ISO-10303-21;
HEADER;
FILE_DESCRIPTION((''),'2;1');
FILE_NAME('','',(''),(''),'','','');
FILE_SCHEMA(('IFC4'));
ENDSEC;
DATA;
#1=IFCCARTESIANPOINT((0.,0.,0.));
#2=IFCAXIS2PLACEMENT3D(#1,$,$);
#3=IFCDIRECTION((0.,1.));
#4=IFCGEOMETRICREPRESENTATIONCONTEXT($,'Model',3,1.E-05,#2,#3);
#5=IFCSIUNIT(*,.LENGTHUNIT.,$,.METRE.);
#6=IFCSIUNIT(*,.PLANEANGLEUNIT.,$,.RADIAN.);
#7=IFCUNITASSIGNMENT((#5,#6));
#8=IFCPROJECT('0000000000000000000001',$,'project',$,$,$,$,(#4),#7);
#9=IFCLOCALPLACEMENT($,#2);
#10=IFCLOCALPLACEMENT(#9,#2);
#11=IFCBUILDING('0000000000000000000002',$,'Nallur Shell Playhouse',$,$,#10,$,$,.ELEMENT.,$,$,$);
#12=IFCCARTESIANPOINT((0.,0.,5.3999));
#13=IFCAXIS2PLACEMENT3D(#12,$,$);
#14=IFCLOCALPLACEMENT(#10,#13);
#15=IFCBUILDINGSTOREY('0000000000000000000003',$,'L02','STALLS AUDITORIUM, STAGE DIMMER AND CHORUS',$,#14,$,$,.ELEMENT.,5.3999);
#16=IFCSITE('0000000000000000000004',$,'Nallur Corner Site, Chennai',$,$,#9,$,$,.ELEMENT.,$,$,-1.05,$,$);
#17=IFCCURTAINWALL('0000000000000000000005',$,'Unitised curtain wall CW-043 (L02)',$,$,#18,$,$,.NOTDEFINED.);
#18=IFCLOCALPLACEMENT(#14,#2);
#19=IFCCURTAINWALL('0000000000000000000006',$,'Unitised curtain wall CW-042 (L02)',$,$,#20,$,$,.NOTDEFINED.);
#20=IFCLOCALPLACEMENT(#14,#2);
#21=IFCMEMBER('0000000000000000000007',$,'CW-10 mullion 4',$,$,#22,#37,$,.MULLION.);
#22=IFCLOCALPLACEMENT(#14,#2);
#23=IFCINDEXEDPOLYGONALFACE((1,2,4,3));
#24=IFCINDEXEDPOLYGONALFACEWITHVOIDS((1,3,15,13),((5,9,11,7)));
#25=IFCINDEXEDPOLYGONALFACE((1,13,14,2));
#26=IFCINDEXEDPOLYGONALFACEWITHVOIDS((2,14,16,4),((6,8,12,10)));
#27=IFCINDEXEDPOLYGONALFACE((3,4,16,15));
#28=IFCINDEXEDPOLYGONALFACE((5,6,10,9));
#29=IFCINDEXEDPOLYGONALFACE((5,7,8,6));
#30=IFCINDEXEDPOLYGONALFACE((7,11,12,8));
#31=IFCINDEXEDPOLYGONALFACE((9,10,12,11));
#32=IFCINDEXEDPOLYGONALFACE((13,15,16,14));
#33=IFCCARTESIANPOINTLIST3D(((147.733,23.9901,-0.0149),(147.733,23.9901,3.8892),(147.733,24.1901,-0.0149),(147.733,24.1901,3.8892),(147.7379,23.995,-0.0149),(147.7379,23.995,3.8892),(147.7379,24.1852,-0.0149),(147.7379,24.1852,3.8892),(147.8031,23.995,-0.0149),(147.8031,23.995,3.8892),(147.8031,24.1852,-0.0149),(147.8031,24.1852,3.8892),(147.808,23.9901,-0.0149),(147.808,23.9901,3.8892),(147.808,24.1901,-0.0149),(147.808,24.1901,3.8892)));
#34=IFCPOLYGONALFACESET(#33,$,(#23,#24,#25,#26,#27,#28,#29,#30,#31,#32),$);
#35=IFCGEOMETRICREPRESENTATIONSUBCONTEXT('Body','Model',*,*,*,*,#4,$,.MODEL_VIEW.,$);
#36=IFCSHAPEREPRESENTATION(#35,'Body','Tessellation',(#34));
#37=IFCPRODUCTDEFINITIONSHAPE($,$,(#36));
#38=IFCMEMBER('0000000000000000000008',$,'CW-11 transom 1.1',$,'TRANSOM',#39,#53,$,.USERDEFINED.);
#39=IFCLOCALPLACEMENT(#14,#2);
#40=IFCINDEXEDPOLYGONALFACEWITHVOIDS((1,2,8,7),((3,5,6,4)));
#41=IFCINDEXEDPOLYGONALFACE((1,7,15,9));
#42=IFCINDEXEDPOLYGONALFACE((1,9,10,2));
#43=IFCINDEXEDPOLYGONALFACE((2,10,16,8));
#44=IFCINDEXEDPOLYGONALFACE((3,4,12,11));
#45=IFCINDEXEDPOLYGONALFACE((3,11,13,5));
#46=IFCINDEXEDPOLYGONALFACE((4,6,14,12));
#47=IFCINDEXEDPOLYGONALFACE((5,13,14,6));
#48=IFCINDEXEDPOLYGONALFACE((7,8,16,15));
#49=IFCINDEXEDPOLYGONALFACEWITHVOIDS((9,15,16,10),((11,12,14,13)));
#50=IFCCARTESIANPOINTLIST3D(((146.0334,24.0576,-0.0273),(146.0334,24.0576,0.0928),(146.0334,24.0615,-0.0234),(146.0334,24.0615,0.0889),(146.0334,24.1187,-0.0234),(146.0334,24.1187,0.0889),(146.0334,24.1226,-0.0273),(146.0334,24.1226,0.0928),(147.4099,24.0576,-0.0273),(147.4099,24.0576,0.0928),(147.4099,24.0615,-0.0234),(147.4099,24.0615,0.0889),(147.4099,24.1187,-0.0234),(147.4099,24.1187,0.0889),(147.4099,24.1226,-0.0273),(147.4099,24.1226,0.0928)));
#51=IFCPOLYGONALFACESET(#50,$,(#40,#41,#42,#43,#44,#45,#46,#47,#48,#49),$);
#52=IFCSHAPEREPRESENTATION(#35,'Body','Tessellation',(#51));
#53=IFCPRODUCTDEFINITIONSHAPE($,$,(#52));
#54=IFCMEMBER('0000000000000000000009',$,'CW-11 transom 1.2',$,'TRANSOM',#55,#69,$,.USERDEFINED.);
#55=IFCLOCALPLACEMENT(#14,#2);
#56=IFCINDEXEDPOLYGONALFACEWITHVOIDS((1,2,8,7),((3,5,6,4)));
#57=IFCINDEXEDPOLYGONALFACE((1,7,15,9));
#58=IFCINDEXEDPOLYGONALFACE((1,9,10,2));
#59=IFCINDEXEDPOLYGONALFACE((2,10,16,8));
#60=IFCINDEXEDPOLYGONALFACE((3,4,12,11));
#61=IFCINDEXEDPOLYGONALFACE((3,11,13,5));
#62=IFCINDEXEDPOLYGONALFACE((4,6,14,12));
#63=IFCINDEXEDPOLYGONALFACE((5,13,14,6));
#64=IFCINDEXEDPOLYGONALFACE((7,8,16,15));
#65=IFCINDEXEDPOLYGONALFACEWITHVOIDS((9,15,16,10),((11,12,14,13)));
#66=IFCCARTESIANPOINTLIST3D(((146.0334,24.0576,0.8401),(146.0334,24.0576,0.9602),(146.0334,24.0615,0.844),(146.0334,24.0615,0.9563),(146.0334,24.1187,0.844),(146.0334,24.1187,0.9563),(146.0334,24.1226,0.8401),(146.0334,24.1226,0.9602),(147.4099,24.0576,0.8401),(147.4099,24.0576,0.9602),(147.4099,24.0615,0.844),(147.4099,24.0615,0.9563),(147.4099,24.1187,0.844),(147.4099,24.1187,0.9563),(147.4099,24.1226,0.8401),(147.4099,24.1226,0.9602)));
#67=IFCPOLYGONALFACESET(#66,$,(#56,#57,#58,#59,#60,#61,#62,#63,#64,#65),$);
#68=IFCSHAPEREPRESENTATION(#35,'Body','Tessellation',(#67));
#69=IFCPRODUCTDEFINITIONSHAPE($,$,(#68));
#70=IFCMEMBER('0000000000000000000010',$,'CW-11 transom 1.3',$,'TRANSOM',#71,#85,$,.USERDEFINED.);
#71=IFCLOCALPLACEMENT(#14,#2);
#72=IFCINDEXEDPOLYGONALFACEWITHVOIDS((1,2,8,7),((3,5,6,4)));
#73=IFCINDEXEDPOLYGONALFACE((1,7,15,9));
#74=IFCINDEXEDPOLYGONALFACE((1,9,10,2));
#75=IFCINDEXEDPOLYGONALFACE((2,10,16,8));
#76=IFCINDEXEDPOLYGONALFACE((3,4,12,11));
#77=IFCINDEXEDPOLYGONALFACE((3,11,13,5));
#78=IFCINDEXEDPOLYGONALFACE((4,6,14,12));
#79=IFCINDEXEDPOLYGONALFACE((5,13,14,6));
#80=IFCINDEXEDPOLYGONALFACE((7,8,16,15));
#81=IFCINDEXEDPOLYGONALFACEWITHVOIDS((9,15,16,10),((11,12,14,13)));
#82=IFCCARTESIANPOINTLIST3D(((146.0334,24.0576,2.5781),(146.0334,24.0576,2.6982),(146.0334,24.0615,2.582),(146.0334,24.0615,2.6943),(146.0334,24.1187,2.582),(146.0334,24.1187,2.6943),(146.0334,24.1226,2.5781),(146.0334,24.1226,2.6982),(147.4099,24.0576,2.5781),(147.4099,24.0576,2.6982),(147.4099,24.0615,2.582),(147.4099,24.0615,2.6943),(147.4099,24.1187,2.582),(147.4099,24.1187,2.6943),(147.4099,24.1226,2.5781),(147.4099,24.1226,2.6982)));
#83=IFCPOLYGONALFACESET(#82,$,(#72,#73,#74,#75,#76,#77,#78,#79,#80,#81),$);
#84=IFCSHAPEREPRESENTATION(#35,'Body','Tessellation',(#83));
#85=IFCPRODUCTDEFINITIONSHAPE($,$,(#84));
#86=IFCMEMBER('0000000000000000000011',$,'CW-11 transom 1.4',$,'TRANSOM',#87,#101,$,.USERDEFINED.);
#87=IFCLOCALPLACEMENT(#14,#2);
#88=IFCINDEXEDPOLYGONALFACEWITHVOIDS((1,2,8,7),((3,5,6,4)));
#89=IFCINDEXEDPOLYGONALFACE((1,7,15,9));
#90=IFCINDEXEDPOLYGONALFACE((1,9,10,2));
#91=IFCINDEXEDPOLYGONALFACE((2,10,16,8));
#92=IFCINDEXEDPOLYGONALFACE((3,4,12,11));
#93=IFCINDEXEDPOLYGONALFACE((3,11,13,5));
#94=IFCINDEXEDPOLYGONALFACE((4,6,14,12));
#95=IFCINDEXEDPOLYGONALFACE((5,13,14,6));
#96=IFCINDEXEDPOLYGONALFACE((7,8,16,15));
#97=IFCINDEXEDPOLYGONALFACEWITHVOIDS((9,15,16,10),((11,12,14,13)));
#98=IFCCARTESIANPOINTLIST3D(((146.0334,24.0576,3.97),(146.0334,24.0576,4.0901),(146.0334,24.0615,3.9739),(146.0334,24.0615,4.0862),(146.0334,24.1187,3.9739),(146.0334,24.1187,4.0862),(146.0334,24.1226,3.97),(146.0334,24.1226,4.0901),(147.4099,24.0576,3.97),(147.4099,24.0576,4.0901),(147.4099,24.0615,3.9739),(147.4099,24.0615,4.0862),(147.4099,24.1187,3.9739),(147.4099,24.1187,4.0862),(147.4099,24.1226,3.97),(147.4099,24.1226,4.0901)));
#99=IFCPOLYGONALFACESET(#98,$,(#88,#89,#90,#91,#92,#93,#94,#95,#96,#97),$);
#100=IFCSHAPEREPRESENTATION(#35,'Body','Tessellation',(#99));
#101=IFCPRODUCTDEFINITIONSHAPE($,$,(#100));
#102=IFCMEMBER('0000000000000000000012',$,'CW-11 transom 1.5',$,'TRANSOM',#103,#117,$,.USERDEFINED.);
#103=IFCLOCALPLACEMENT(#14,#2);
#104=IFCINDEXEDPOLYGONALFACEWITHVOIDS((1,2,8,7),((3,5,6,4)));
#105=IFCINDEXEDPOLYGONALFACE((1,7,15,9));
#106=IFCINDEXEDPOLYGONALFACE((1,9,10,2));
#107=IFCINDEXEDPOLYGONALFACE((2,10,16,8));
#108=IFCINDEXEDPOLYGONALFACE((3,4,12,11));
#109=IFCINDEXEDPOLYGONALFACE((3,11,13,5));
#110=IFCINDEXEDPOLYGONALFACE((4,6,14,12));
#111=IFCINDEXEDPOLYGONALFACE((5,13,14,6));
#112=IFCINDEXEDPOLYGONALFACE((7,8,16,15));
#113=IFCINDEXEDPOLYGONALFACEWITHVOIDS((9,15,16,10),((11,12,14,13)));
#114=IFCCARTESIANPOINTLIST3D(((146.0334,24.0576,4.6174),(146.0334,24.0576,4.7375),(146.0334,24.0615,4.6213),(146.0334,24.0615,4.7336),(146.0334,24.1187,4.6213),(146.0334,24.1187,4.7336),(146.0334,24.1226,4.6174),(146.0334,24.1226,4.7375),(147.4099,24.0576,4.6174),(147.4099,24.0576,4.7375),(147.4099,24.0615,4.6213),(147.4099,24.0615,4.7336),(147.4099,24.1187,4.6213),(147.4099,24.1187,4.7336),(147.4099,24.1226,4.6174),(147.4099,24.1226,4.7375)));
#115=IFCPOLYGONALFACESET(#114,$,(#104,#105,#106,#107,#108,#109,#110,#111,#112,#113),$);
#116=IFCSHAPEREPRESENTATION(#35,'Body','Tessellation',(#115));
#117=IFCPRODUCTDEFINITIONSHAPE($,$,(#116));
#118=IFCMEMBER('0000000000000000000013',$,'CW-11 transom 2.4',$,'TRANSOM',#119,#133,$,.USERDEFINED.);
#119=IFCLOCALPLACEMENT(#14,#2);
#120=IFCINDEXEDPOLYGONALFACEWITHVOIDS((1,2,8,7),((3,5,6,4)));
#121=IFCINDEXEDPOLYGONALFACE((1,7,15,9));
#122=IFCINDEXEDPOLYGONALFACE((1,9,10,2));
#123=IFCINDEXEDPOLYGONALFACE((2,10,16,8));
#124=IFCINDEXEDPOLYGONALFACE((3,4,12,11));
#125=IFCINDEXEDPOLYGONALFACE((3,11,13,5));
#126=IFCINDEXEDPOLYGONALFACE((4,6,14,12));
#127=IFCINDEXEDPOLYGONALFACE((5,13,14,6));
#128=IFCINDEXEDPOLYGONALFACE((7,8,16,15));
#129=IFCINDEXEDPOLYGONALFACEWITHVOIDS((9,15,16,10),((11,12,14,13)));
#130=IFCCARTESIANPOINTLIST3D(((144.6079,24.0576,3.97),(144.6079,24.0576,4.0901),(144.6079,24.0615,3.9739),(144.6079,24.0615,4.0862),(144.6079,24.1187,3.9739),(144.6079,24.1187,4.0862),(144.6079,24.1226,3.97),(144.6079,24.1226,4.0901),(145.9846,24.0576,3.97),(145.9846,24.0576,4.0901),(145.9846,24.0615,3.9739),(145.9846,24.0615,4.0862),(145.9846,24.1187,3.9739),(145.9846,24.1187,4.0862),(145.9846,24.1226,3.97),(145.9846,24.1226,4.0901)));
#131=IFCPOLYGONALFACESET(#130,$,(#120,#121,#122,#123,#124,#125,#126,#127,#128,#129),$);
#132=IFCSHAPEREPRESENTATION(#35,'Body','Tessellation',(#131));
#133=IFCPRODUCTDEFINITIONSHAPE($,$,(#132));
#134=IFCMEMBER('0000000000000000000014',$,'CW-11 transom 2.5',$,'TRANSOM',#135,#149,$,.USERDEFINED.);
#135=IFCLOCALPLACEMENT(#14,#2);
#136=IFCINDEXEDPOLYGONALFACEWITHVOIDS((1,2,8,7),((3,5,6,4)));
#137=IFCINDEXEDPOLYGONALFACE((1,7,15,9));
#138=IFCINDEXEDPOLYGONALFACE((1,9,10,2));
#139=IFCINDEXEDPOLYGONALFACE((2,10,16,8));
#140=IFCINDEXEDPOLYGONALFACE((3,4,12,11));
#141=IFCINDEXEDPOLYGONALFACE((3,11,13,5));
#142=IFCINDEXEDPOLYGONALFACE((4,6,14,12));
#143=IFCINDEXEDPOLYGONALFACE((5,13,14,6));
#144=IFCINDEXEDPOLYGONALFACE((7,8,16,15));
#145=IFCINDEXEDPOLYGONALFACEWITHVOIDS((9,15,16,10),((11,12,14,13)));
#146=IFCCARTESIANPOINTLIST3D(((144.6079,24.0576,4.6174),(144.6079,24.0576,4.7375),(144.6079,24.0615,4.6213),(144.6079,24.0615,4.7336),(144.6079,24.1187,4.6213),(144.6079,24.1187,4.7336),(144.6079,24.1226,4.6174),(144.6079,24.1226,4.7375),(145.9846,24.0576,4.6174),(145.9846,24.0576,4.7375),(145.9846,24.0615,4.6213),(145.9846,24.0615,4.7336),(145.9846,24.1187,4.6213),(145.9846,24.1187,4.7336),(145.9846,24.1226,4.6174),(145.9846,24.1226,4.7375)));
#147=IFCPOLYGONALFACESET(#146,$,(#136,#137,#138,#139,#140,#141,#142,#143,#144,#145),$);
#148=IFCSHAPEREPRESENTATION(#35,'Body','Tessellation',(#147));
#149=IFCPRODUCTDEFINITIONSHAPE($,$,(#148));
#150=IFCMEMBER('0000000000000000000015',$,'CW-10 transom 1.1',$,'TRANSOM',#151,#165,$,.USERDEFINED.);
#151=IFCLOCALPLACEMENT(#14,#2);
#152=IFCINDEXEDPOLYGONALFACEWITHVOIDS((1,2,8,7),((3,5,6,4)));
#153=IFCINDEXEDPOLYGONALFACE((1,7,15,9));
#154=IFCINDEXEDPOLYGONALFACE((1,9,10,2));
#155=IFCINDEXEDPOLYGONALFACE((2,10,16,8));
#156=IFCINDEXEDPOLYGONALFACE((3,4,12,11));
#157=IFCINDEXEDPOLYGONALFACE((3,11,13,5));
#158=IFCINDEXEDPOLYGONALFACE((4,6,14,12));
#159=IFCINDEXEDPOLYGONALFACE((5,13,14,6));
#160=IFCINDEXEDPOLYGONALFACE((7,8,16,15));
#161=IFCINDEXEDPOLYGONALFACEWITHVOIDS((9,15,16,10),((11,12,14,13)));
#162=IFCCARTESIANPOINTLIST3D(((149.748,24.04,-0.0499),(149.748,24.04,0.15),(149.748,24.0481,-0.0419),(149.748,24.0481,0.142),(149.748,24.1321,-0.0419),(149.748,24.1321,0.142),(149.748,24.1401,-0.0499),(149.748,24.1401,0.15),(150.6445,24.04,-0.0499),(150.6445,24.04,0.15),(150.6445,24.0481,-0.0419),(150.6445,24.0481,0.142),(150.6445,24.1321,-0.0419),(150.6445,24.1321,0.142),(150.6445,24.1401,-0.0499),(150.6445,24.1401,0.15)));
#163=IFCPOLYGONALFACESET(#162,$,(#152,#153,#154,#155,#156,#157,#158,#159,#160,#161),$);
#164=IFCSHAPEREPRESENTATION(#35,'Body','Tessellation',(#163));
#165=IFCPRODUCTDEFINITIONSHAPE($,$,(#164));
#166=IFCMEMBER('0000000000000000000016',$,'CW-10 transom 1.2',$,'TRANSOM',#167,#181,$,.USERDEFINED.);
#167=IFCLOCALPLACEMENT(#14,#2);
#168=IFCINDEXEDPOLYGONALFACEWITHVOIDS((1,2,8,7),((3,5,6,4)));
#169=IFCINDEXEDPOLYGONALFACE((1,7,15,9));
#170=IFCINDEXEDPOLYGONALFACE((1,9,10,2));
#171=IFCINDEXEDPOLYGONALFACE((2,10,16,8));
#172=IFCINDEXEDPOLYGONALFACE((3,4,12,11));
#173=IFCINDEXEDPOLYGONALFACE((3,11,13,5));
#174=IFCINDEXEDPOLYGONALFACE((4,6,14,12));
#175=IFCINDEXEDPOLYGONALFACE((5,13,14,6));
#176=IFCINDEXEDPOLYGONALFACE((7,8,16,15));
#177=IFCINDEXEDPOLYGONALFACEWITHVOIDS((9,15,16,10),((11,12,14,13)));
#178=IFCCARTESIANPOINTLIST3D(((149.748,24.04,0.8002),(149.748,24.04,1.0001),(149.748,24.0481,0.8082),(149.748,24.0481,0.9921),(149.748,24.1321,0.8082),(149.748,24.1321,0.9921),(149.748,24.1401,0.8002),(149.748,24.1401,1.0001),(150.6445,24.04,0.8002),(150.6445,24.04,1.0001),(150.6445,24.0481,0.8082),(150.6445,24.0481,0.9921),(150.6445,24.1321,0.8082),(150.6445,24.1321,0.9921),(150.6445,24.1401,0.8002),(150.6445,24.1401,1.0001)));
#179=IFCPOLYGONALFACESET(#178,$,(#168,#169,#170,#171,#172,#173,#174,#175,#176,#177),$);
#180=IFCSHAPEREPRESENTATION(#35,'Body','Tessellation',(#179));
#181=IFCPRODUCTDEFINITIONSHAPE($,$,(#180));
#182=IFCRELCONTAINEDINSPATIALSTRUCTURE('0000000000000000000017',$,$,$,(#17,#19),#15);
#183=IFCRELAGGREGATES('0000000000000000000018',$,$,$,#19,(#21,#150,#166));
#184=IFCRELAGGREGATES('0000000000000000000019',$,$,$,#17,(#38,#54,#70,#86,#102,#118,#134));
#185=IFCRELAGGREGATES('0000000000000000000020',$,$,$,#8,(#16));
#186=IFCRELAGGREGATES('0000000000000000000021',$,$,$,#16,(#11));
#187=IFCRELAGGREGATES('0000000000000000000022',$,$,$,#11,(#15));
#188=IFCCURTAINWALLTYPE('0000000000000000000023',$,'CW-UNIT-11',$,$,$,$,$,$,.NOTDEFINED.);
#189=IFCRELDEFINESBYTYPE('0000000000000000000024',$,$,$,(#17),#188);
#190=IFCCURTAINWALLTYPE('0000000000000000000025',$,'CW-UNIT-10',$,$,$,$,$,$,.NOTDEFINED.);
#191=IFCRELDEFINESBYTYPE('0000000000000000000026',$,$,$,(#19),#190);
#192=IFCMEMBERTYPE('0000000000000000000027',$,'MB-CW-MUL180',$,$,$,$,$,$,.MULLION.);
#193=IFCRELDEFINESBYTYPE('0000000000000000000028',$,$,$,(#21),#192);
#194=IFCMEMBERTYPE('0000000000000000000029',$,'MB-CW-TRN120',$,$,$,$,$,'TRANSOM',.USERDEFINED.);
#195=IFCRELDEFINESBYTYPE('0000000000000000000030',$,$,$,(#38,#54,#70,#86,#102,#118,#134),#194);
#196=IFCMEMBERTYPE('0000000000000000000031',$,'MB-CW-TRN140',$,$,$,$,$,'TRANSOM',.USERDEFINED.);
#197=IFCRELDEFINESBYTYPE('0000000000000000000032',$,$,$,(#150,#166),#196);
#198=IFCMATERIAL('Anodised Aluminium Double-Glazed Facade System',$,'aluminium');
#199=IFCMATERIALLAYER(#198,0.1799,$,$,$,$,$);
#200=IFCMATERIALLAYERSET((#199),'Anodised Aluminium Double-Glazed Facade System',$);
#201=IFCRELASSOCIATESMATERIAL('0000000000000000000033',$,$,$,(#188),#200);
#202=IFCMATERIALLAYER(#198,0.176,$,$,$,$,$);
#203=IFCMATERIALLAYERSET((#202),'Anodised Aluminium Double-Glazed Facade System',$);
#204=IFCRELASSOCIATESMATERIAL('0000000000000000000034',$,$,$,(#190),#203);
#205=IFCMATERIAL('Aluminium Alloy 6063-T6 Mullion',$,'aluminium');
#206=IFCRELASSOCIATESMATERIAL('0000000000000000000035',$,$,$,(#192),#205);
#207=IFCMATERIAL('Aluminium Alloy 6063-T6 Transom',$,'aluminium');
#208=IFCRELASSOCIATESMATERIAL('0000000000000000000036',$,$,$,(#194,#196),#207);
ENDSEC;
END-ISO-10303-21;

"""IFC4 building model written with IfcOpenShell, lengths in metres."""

from ifc_helpers import new_model, si_unit, direction, frame, origin, origin_2d, place, context, subcontext, project, spatial, hollow_rectangle, extrude, material, layer, layer_set, material_profile, profile_set, type_object, element, aggregate, save


model = new_model("IFC4")

# Units and contexts
model_context = context("Model", 3, precision=1e-05, world=origin(), true_north=direction((0.0, 1.0)))
body_context = subcontext(model_context, "Body", "Model", "MODEL_VIEW")
ifc_project = project(units=[si_unit("LENGTHUNIT", "METRE"), si_unit("PLANEANGLEUNIT", "RADIAN")], contexts=[model_context])

# Site, building, storey
site_placement = place(None, origin())
site = spatial("IfcSite", under=ifc_project, at=site_placement, Name="Nallur Corner Site, Chennai", CompositionType="ELEMENT", RefElevation=-1.05)
building_placement = place(site_placement, origin())
building = spatial("IfcBuilding", under=site, at=building_placement, Name="Nallur Shell Playhouse", CompositionType="ELEMENT")
storey_placement = place(building_placement, frame((0.0, 0.0, 5.3999)))
storey = spatial("IfcBuildingStorey", under=building, at=storey_placement, Name="L02", Description="STALLS AUDITORIUM, STAGE DIMMER AND CHORUS", CompositionType="ELEMENT", Elevation=5.3999)

# Curtain walls, member
ifc_material_1 = material(Name="Anodised Aluminium Double-Glazed Facade System", Category="aluminium")
ifc_layer_1 = layer(ifc_material_1, 0.1799)
ifc_layer_set_1 = layer_set([ifc_layer_1], Name="Anodised Aluminium Double-Glazed Facade System")
curtain_wall_type_1 = type_object("IfcCurtainWallType", Name="CW-UNIT-11", PredefinedType="NOTDEFINED", material=ifc_layer_set_1)
curtain_wall_1_placement = place(storey_placement, origin())
curtain_wall_1 = element("IfcCurtainWall", 1, at=curtain_wall_1_placement, inside=storey, type_object=curtain_wall_type_1, Name="Unitised curtain wall CW-043 (L02)", PredefinedType="NOTDEFINED")
ifc_material_2 = material(Name="Aluminium Alloy 6063-T6 Mullion", Category="aluminium")
ifc_layer_2 = layer(ifc_material_1, 0.176)
ifc_layer_set_2 = layer_set([ifc_layer_2], Name="Anodised Aluminium Double-Glazed Facade System")
curtain_wall_type_2 = type_object("IfcCurtainWallType", Name="CW-UNIT-10", PredefinedType="NOTDEFINED", material=ifc_layer_set_2)
curtain_wall_2_placement = place(storey_placement, origin())
curtain_wall_2 = element("IfcCurtainWall", 2, at=curtain_wall_2_placement, inside=storey, type_object=curtain_wall_type_2, Name="Unitised curtain wall CW-042 (L02)", PredefinedType="NOTDEFINED")
ifc_material_profile_1 = material_profile(ifc_material_2, hollow_rectangle(XDim=0.075, YDim=0.2, WallThickness=0.0049, at=origin_2d()), Name="ALU 75x200x5")
ifc_profile_set_1 = profile_set([ifc_material_profile_1], Name="Aluminium Alloy 6063-T6 Mullion")
member_type_1 = type_object("IfcMemberType", Name="MB-CW-MUL180", PredefinedType="MULLION", material=ifc_profile_set_1)
member_1_placement = place(storey_placement, frame((147.7705, 24.0901, -0.0149), z_axis=(0.0, 0.0, 1.0), x_axis=(-1.0, 0.0, 0.0)))
member_1 = element("IfcMember", 3, at=member_1_placement, type_object=member_type_1, Name="CW-10 mullion 4", PredefinedType="MULLION", context=body_context, shape_type="SweptSolid", body=[
    extrude(hollow_rectangle(XDim=0.075, YDim=0.2, WallThickness=0.0049, at=origin_2d()), origin(), (0.0, 0.0, 1.0), 3.9041),
])

# Members
ifc_material_3 = material(Name="Aluminium Alloy 6063-T6 Transom", Category="aluminium")
ifc_material_profile_2 = material_profile(ifc_material_3, hollow_rectangle(XDim=0.0649, YDim=0.1201, WallThickness=0.0039, at=origin_2d()), Name="ALU 65x120x4")
ifc_profile_set_2 = profile_set([ifc_material_profile_2], Name="Aluminium Alloy 6063-T6 Transom")
member_type_2 = type_object("IfcMemberType", Name="MB-CW-TRN120", ElementType="TRANSOM", PredefinedType="USERDEFINED", material=ifc_profile_set_2)
member_2_placement = place(storey_placement, frame((147.4099, 24.0901, 0.0327), z_axis=(-1.0, 0.0, 0.0), x_axis=(0.0, -1.0, 0.0)))
member_2 = element("IfcMember", 4, at=member_2_placement, type_object=member_type_2, Name="CW-11 transom 1.1", ObjectType="TRANSOM", PredefinedType="USERDEFINED", context=body_context, shape_type="SweptSolid", body=[
    extrude(hollow_rectangle(XDim=0.0649, YDim=0.1201, WallThickness=0.0039, at=origin_2d()), origin(), (0.0, 0.0, 1.0), 1.3765),
])
member_3_placement = place(storey_placement, frame((147.4099, 24.0901, 0.9001), z_axis=(-1.0, 0.0, 0.0), x_axis=(0.0, -1.0, 0.0)))
member_3 = element("IfcMember", 5, at=member_3_placement, type_object=member_type_2, Name="CW-11 transom 1.2", ObjectType="TRANSOM", PredefinedType="USERDEFINED", context=body_context, shape_type="SweptSolid", body=[
    extrude(hollow_rectangle(XDim=0.0649, YDim=0.1201, WallThickness=0.0039, at=origin_2d()), origin(), (0.0, 0.0, 1.0), 1.3765),
])
member_4_placement = place(storey_placement, frame((147.4099, 24.0901, 2.6382), z_axis=(-1.0, 0.0, 0.0), x_axis=(0.0, -1.0, 0.0)))
member_4 = element("IfcMember", 6, at=member_4_placement, type_object=member_type_2, Name="CW-11 transom 1.3", ObjectType="TRANSOM", PredefinedType="USERDEFINED", context=body_context, shape_type="SweptSolid", body=[
    extrude(hollow_rectangle(XDim=0.0649, YDim=0.1201, WallThickness=0.0039, at=origin_2d()), origin(), (0.0, 0.0, 1.0), 1.3765),
])
member_5_placement = place(storey_placement, frame((147.4099, 24.0901, 4.03), z_axis=(-1.0, 0.0, 0.0), x_axis=(0.0, -1.0, 0.0)))
member_5 = element("IfcMember", 7, at=member_5_placement, type_object=member_type_2, Name="CW-11 transom 1.4", ObjectType="TRANSOM", PredefinedType="USERDEFINED", context=body_context, shape_type="SweptSolid", body=[
    extrude(hollow_rectangle(XDim=0.0649, YDim=0.1201, WallThickness=0.0039, at=origin_2d()), origin(), (0.0, 0.0, 1.0), 1.3765),
])
member_6_placement = place(storey_placement, frame((147.4099, 24.0901, 4.6775), z_axis=(-1.0, 0.0, 0.0), x_axis=(0.0, -1.0, 0.0)))
member_6 = element("IfcMember", 8, at=member_6_placement, type_object=member_type_2, Name="CW-11 transom 1.5", ObjectType="TRANSOM", PredefinedType="USERDEFINED", context=body_context, shape_type="SweptSolid", body=[
    extrude(hollow_rectangle(XDim=0.0649, YDim=0.1201, WallThickness=0.0039, at=origin_2d()), origin(), (0.0, 0.0, 1.0), 1.3765),
])
member_7_placement = place(storey_placement, frame((145.9846, 24.0901, 4.03), z_axis=(-1.0, 0.0, 0.0), x_axis=(0.0, -1.0, 0.0)))
member_7 = element("IfcMember", 9, at=member_7_placement, type_object=member_type_2, Name="CW-11 transom 2.4", ObjectType="TRANSOM", PredefinedType="USERDEFINED", context=body_context, shape_type="SweptSolid", body=[
    extrude(hollow_rectangle(XDim=0.0649, YDim=0.1201, WallThickness=0.0039, at=origin_2d()), origin(), (0.0, 0.0, 1.0), 1.3767),
])
member_8_placement = place(storey_placement, frame((145.9846, 24.0901, 4.6775), z_axis=(-1.0, 0.0, 0.0), x_axis=(0.0, -1.0, 0.0)))
member_8 = element("IfcMember", 10, at=member_8_placement, type_object=member_type_2, Name="CW-11 transom 2.5", ObjectType="TRANSOM", PredefinedType="USERDEFINED", context=body_context, shape_type="SweptSolid", body=[
    extrude(hollow_rectangle(XDim=0.0649, YDim=0.1201, WallThickness=0.0039, at=origin_2d()), origin(), (0.0, 0.0, 1.0), 1.3767),
])
ifc_material_profile_3 = material_profile(ifc_material_3, hollow_rectangle(XDim=0.1001, YDim=0.2, WallThickness=0.0081, at=origin_2d()), Name="RHS 200x100x8")
ifc_profile_set_3 = profile_set([ifc_material_profile_3], Name="Aluminium Alloy 6063-T6 Transom")
member_type_3 = type_object("IfcMemberType", Name="MB-CW-TRN140", ElementType="TRANSOM", PredefinedType="USERDEFINED", material=ifc_profile_set_3)
member_9_placement = place(storey_placement, frame((150.6445, 24.0901, 0.05), z_axis=(-1.0, 0.0, 0.0), x_axis=(0.0, -1.0, 0.0)))
member_9 = element("IfcMember", 11, at=member_9_placement, type_object=member_type_3, Name="CW-10 transom 1.1", ObjectType="TRANSOM", PredefinedType="USERDEFINED", context=body_context, shape_type="SweptSolid", body=[
    extrude(hollow_rectangle(XDim=0.1001, YDim=0.2, WallThickness=0.0081, at=origin_2d()), origin(), (0.0, 0.0, 1.0), 0.8965),
])
member_10_placement = place(storey_placement, frame((150.6445, 24.0901, 0.9001), z_axis=(-1.0, 0.0, 0.0), x_axis=(0.0, -1.0, 0.0)))
member_10 = element("IfcMember", 12, at=member_10_placement, type_object=member_type_3, Name="CW-10 transom 1.2", ObjectType="TRANSOM", PredefinedType="USERDEFINED", context=body_context, shape_type="SweptSolid", body=[
    extrude(hollow_rectangle(XDim=0.1001, YDim=0.2, WallThickness=0.0081, at=origin_2d()), origin(), (0.0, 0.0, 1.0), 0.8965),
])

aggregate(curtain_wall_2, [member_1, member_9, member_10])
aggregate(curtain_wall_1, [member_2, member_3, member_4, member_5, member_6, member_7, member_8])

save(model, "model.ifc")
